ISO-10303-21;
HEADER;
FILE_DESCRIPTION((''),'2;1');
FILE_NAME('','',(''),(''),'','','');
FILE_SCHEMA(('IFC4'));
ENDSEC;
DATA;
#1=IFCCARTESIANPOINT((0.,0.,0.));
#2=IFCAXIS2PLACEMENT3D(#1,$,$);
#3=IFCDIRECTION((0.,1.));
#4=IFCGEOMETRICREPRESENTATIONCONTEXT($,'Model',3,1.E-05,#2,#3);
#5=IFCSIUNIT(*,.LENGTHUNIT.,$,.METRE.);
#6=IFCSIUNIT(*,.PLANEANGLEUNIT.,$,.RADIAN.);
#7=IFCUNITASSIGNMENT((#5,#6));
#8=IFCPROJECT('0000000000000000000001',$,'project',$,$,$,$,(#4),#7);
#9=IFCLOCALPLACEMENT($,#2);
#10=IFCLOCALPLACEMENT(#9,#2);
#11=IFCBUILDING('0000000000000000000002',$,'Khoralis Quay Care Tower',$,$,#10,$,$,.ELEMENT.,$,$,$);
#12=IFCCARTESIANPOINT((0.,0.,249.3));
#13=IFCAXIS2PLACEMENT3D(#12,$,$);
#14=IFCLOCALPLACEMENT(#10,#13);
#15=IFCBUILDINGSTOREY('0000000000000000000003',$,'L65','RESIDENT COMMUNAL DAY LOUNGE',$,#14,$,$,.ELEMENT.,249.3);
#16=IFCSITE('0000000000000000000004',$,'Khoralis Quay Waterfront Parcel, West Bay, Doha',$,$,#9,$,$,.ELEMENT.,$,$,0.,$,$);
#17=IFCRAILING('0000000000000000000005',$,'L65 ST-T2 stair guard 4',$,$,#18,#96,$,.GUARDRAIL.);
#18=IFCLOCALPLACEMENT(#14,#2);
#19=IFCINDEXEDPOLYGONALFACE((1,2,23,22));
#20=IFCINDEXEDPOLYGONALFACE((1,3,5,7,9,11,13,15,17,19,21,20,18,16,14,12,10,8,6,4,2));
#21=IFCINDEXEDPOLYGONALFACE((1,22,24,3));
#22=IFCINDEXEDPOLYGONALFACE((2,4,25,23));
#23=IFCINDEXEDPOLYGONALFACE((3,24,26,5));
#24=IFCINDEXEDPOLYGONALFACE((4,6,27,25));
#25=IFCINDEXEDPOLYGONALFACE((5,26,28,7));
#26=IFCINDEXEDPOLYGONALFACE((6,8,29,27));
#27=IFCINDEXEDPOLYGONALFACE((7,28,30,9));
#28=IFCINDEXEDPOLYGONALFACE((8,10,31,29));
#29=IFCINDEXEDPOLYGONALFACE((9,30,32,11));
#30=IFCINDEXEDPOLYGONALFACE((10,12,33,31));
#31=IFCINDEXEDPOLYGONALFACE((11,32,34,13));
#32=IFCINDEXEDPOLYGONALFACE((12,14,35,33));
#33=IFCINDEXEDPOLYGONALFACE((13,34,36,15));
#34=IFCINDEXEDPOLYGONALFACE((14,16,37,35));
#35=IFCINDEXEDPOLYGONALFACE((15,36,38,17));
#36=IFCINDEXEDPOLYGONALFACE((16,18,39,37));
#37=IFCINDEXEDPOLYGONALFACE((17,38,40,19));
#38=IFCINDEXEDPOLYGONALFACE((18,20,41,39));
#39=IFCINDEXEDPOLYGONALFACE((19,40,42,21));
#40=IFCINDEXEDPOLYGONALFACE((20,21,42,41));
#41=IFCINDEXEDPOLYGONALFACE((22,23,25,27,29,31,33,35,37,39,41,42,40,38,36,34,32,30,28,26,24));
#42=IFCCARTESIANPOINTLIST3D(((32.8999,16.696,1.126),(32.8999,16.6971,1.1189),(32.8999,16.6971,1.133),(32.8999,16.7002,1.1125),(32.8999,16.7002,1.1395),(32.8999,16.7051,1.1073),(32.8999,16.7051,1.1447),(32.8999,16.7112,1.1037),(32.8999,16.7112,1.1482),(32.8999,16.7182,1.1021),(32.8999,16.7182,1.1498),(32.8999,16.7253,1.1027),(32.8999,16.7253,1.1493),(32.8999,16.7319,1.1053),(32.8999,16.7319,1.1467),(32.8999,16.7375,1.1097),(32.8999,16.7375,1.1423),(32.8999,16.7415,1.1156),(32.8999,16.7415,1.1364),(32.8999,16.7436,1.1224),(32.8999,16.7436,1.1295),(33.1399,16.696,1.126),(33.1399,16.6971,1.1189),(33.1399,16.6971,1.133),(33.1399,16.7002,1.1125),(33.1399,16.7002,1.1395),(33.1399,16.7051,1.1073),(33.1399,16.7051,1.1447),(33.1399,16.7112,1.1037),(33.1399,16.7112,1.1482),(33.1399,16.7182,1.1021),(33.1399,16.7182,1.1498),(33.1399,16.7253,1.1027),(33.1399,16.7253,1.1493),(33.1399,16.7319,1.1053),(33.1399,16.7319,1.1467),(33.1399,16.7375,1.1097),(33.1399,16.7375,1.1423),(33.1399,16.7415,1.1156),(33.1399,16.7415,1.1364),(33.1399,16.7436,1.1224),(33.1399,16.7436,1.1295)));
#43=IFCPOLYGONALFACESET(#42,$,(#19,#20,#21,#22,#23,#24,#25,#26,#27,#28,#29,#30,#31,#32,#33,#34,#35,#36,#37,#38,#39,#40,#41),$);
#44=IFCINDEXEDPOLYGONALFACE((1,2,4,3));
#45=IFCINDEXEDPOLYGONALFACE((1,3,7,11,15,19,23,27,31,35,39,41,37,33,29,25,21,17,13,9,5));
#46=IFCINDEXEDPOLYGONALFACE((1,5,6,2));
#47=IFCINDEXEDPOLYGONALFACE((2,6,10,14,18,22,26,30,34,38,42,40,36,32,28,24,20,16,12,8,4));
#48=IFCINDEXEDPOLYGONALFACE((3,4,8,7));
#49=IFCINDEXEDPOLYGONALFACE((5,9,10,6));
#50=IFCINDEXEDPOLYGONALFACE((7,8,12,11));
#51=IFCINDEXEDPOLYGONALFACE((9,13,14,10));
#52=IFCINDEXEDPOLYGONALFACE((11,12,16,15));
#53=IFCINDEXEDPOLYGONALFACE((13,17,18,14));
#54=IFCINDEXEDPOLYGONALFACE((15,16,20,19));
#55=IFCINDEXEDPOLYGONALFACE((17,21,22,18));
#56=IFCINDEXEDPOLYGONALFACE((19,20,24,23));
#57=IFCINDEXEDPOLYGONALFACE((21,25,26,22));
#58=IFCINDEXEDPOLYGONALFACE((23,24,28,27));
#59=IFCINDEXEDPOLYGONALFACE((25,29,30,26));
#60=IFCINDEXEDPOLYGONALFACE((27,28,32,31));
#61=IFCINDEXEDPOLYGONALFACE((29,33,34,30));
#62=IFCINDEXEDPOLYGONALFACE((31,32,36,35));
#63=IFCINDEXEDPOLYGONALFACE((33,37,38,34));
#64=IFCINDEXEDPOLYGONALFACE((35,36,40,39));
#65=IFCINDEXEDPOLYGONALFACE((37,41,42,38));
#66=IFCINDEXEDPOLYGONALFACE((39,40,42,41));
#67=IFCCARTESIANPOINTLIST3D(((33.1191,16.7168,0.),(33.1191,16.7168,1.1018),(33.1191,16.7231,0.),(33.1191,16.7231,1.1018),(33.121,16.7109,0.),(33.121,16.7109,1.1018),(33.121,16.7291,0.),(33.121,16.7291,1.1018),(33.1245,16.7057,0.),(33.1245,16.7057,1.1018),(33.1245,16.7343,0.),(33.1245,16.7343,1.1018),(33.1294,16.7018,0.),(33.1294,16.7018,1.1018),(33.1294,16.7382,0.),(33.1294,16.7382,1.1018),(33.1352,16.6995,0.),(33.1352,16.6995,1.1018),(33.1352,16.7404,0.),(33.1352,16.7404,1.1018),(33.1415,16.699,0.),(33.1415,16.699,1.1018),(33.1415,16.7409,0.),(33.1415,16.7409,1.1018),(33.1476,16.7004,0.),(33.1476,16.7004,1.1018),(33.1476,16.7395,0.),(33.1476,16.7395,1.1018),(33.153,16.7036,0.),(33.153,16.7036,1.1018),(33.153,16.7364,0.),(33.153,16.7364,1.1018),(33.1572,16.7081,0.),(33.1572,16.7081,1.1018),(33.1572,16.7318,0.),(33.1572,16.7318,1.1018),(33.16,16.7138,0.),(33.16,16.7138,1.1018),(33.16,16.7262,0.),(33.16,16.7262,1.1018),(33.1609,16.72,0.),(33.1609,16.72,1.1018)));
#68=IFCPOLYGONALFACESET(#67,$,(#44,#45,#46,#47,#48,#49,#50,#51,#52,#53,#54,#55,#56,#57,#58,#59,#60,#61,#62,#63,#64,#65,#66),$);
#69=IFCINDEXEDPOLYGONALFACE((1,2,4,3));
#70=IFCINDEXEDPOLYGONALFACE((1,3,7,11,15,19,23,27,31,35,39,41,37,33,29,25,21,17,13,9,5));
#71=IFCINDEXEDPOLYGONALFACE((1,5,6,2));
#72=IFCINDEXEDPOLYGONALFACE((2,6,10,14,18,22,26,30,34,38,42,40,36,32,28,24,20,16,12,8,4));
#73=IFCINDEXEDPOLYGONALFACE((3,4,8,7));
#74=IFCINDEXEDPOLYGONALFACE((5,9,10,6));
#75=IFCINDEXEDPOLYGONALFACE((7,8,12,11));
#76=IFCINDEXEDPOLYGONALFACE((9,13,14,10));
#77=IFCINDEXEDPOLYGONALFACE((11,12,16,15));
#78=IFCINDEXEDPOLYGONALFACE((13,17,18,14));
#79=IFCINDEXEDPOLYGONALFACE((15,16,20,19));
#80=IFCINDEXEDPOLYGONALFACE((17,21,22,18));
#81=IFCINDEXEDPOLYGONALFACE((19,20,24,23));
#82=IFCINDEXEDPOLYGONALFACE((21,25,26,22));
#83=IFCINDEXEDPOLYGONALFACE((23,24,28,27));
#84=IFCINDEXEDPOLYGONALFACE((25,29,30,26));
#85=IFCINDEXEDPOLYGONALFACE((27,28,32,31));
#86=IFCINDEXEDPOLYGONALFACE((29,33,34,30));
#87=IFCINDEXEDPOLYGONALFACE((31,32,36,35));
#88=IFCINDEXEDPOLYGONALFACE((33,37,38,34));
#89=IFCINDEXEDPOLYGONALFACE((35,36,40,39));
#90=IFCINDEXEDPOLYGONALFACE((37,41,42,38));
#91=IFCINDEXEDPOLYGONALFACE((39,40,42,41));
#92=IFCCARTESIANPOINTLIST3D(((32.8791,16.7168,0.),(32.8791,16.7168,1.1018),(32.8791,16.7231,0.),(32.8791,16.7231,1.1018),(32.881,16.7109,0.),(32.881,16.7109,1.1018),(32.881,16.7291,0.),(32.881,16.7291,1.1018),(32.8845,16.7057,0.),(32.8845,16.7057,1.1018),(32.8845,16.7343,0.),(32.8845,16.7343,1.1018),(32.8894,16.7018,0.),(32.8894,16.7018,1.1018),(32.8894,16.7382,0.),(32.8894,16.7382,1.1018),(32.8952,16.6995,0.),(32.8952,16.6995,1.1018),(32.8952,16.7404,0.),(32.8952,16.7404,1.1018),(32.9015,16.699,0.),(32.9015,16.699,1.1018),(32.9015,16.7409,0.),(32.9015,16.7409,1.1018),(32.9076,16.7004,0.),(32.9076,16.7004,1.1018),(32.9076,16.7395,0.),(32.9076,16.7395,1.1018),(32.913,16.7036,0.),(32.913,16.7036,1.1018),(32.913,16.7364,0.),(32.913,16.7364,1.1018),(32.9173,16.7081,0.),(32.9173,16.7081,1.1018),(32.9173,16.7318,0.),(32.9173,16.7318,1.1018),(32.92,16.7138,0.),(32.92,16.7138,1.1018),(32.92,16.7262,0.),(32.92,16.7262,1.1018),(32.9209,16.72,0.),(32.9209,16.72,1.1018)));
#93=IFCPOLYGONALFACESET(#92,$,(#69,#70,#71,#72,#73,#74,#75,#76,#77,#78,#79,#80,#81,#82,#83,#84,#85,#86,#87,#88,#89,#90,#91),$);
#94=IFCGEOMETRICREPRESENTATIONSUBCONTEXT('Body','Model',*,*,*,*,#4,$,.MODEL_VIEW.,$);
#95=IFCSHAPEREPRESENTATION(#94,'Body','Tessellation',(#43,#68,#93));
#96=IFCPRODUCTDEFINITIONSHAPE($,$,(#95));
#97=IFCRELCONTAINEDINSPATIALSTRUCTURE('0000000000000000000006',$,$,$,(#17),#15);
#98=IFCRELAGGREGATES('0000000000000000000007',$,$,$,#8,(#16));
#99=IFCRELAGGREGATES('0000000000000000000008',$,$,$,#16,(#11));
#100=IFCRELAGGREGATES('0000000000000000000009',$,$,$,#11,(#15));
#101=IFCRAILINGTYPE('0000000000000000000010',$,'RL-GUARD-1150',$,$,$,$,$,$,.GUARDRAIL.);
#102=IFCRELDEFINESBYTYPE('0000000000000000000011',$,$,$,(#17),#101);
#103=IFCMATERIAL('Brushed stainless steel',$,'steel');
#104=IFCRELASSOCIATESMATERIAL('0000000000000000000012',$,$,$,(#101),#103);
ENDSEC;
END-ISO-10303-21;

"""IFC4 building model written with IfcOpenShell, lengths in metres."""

from ifc_helpers import new_model, si_unit, direction, frame, origin, origin_2d, place, context, subcontext, project, spatial, circle, extrude, material, type_object, element, save


model = new_model("IFC4")

# Units and contexts
model_context = context("Model", 3, precision=1e-05, world=origin(), true_north=direction((0.0, 1.0)))
body_context = subcontext(model_context, "Body", "Model", "MODEL_VIEW")
ifc_project = project(units=[si_unit("LENGTHUNIT", "METRE"), si_unit("PLANEANGLEUNIT", "RADIAN")], contexts=[model_context])

# Site, building, storey
site_placement = place(None, origin())
site = spatial("IfcSite", under=ifc_project, at=site_placement, Name="Khoralis Quay Waterfront Parcel, West Bay, Doha", CompositionType="ELEMENT", RefElevation=0.0)
building_placement = place(site_placement, origin())
building = spatial("IfcBuilding", under=site, at=building_placement, Name="Khoralis Quay Care Tower", CompositionType="ELEMENT")
storey_placement = place(building_placement, frame((0.0, 0.0, 249.3)))
storey = spatial("IfcBuildingStorey", under=building, at=storey_placement, Name="L65", Description="RESIDENT COMMUNAL DAY LOUNGE", CompositionType="ELEMENT", Elevation=249.3)

# Shared definitions
ifc_material_1 = material(Name="Brushed stainless steel", Category="steel")

# Railing
railing_type_1 = type_object("IfcRailingType", Name="RL-GUARD-1150", PredefinedType="GUARDRAIL", material=ifc_material_1)
railing_1_placement = place(storey_placement, frame((33.1399, 16.72, 0.0)))
element("IfcRailing", 1, at=railing_1_placement, inside=storey, type_object=railing_type_1, Name="L65 ST-T2 stair guard 4", PredefinedType="GUARDRAIL", context=body_context, shape_type="SweptSolid", body=[
    extrude(circle(Radius=0.0239, at=origin_2d()), frame((0.0, 0.0, 1.126), z_axis=(-1.0, 0.0, 0.0), x_axis=(0.0, -1.0, 0.0)), (0.0, 0.0, 1.0), 0.24),
    extrude(circle(Radius=0.021, at=origin_2d()), origin(), (0.0, 0.0, 1.0), 1.1018),
    extrude(circle(Radius=0.021, at=origin_2d()), frame((-0.24, 0.0, 0.0)), (0.0, 0.0, 1.0), 1.1018),
])

save(model, "model.ifc")
